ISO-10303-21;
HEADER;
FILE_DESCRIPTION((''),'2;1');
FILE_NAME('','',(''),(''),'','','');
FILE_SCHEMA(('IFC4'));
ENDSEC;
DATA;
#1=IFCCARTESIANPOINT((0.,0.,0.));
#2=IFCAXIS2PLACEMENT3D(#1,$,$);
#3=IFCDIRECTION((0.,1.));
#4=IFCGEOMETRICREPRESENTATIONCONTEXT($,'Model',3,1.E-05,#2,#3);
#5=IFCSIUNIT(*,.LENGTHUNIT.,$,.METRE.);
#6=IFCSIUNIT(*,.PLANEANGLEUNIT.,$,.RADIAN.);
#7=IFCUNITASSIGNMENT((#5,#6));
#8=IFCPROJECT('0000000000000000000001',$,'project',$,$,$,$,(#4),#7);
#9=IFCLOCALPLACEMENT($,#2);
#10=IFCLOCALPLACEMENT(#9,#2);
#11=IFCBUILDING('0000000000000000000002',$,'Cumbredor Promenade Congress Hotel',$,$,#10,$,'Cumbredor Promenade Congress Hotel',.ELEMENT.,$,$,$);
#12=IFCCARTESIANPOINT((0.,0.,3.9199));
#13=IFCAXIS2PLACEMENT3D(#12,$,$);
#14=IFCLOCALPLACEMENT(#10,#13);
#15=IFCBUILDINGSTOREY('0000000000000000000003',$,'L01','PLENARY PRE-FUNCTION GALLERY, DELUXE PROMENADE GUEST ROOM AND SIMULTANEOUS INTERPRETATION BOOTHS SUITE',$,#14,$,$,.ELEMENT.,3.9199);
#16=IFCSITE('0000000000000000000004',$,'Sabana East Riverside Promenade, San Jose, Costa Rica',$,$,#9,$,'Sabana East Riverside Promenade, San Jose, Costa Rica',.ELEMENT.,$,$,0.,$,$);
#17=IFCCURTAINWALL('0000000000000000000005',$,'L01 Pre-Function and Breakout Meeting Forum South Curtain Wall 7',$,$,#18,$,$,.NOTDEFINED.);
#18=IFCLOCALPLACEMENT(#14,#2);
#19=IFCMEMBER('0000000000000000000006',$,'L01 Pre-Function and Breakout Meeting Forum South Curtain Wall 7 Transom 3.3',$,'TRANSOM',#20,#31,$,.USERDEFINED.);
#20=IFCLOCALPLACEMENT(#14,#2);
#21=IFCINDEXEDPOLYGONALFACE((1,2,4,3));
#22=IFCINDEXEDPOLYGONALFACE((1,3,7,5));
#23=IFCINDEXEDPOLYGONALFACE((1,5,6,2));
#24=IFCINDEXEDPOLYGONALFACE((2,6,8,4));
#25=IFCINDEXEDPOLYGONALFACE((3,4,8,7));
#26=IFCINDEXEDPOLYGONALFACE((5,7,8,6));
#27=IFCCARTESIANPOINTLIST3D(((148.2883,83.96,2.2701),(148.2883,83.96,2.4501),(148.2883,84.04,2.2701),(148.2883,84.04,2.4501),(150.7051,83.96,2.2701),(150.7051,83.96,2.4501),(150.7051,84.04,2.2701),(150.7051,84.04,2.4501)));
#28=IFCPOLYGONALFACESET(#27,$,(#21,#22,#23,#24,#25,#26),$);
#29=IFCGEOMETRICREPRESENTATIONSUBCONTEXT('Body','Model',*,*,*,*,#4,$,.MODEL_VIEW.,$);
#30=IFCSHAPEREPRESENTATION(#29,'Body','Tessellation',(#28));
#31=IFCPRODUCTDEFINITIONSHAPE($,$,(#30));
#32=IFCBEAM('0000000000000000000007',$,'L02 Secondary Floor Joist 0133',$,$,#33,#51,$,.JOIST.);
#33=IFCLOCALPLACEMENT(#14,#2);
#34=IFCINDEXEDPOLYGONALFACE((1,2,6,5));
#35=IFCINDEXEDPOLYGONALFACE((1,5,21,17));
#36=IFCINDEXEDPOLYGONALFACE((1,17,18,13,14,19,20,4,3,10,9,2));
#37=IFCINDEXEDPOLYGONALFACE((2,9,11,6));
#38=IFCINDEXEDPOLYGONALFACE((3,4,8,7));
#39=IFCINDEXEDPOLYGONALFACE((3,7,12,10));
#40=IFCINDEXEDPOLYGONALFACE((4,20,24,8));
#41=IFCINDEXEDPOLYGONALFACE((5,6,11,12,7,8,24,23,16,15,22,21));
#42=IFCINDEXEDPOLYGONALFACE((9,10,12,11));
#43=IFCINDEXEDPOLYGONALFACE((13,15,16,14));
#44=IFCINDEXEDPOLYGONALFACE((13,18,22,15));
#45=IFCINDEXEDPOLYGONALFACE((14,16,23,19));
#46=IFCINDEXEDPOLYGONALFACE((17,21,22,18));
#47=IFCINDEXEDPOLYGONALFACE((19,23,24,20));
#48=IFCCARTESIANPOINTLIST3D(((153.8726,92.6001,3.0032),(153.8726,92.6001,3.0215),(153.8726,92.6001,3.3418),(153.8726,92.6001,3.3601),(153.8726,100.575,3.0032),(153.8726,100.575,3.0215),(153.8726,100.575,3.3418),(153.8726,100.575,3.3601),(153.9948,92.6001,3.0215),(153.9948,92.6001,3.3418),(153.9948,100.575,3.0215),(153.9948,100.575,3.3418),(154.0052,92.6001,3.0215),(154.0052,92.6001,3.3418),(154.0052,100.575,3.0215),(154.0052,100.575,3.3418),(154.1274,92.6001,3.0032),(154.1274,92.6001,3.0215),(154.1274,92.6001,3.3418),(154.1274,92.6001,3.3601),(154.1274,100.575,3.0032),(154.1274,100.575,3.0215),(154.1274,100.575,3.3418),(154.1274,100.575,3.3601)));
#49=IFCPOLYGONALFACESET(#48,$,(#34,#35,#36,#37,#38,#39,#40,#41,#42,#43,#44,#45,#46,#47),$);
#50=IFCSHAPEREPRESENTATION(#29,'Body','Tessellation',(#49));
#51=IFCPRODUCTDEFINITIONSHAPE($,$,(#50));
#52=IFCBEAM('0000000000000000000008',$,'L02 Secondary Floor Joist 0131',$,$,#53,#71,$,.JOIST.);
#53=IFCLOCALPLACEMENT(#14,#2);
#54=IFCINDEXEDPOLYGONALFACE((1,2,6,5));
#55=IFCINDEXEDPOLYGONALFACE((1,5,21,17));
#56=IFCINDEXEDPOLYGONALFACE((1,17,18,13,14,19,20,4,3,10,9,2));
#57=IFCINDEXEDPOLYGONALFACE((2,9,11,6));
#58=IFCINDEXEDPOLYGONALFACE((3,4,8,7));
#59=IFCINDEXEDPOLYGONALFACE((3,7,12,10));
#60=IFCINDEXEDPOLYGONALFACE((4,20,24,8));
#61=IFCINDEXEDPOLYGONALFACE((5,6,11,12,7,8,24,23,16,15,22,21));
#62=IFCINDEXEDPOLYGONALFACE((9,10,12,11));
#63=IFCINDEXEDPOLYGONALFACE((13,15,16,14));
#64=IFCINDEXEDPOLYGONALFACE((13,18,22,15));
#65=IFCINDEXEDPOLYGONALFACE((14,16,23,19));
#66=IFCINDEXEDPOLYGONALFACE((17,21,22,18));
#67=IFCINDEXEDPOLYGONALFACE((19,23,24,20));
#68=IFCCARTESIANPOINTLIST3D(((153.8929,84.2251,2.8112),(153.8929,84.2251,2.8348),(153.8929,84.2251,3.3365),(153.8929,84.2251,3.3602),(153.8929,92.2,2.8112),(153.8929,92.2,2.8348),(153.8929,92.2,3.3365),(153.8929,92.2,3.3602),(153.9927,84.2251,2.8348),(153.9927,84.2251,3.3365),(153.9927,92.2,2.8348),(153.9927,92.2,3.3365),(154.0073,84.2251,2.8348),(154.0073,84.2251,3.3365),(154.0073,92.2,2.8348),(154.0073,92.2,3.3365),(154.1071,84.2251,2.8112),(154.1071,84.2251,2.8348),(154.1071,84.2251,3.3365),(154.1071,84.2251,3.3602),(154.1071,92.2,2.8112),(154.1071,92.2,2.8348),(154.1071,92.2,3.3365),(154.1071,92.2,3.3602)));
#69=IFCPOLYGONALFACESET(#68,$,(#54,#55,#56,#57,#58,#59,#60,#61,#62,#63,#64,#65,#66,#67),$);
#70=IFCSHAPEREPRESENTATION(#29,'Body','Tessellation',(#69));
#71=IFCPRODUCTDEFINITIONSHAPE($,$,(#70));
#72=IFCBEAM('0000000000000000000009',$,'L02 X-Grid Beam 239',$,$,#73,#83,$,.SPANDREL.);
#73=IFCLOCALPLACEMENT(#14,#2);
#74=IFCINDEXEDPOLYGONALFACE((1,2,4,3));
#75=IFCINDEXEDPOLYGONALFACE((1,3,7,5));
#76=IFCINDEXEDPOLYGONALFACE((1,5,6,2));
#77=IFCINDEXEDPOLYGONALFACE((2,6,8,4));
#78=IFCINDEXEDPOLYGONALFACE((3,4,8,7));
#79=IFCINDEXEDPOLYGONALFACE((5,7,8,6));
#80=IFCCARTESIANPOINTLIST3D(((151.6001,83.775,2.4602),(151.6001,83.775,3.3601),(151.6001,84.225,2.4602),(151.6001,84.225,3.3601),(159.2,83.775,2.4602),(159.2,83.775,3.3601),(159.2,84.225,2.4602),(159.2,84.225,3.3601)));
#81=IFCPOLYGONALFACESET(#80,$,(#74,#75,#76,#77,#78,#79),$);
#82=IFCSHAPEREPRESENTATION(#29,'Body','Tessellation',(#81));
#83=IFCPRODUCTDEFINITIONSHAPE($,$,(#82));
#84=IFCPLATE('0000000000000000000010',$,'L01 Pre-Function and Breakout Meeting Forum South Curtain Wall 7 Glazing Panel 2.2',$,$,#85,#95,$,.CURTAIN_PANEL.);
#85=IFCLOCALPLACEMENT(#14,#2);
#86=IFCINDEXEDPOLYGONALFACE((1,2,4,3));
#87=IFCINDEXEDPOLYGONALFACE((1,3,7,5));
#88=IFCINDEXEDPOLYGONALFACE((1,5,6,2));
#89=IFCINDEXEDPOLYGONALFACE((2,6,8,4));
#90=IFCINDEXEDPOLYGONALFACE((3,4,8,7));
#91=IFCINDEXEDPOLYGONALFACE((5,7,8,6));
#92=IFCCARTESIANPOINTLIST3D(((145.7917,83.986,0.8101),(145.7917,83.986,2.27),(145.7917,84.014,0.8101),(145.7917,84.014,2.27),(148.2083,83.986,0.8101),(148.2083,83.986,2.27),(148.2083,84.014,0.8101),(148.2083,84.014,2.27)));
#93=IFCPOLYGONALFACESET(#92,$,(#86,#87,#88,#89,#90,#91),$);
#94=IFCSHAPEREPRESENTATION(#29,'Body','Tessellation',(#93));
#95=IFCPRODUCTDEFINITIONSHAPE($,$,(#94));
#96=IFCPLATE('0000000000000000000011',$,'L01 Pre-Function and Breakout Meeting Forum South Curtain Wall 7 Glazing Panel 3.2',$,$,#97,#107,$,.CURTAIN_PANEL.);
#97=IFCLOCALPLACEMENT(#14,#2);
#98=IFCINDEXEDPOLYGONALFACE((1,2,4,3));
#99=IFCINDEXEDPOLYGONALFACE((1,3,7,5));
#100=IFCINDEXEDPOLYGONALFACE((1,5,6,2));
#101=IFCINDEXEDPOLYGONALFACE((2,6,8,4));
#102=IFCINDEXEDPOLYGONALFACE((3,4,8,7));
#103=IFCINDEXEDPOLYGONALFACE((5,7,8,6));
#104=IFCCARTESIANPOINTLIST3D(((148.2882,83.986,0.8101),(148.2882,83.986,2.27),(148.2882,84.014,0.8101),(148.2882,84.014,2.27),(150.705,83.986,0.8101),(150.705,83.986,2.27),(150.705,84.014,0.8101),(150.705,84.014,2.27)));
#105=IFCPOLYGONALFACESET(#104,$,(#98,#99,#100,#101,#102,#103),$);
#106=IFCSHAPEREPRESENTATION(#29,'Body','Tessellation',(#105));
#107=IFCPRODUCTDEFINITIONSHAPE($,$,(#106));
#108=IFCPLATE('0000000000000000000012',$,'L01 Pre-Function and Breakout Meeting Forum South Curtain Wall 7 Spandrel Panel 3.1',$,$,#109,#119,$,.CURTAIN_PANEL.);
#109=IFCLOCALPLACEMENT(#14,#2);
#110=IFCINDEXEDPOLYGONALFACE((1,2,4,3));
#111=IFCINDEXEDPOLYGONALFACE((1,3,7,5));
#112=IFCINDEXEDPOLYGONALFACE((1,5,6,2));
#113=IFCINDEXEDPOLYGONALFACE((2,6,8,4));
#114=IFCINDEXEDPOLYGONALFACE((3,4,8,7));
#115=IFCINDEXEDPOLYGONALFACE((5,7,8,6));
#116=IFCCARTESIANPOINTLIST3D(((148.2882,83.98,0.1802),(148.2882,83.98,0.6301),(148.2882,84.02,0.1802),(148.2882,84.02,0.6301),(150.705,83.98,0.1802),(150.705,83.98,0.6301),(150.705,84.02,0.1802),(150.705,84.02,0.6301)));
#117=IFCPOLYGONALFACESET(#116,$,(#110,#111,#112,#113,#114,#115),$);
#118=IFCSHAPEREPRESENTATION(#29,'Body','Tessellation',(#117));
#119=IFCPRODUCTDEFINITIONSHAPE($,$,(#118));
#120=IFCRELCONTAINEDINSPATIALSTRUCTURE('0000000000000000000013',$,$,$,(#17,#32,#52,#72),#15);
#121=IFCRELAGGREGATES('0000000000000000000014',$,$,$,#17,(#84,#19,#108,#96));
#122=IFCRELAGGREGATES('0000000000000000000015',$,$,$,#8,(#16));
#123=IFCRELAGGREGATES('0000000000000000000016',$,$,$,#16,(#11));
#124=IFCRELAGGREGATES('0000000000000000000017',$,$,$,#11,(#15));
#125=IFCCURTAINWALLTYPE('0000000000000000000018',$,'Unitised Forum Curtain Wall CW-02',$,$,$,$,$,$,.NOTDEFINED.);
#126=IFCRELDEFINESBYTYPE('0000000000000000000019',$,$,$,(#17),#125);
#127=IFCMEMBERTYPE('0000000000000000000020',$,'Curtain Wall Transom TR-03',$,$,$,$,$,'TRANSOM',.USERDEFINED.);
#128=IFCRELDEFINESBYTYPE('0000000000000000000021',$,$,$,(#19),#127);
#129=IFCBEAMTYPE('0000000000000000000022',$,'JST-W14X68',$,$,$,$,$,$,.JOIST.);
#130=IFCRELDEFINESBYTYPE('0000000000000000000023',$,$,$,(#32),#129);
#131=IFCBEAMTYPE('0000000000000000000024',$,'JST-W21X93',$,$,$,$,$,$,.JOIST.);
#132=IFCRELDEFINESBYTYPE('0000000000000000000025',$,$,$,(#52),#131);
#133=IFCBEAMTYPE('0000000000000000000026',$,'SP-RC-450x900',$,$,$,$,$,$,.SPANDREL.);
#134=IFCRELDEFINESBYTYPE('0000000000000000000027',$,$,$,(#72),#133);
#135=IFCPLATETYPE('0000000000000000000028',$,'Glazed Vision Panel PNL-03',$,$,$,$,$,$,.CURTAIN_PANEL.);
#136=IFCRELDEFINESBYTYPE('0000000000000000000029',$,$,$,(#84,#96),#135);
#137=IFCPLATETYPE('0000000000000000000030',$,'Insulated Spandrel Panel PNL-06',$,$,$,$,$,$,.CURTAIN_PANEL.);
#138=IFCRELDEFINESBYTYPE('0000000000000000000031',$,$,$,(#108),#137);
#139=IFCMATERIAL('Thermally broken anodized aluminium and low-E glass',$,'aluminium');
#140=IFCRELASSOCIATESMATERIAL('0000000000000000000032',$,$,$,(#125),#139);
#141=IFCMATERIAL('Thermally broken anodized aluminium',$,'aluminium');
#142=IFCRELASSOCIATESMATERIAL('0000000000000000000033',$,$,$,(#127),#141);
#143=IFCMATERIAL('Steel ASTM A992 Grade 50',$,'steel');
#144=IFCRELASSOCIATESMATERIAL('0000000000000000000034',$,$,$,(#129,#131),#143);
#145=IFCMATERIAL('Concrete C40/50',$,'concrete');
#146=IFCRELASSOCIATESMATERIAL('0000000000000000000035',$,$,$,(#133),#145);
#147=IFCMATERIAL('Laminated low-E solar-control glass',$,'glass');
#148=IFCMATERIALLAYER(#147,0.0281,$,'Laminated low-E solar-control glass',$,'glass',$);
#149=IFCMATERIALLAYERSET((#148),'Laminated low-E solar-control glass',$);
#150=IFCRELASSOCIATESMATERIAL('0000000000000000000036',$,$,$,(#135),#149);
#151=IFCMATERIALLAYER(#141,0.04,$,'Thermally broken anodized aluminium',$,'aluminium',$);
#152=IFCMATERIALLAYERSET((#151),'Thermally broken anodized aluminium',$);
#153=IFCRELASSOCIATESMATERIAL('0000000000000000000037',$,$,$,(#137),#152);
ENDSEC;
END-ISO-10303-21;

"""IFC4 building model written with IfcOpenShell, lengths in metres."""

from ifc_helpers import new_model, si_unit, direction, frame, origin, origin_2d, place, context, subcontext, project, spatial, rectangle, i_section, extrude, material, layer, layer_set, material_profile, profile_set, type_object, element, aggregate, save


model = new_model("IFC4")

# Units and contexts
model_context = context("Model", 3, precision=1e-05, world=origin(), true_north=direction((0.0, 1.0)))
body_context = subcontext(model_context, "Body", "Model", "MODEL_VIEW")
ifc_project = project(units=[si_unit("LENGTHUNIT", "METRE"), si_unit("PLANEANGLEUNIT", "RADIAN")], contexts=[model_context])

# Site, building, storey
site_placement = place(None, origin())
site = spatial("IfcSite", under=ifc_project, at=site_placement, Name="Sabana East Riverside Promenade, San Jose, Costa Rica", LongName="Sabana East Riverside Promenade, San Jose, Costa Rica", CompositionType="ELEMENT", RefElevation=0.0)
building_placement = place(site_placement, origin())
building = spatial("IfcBuilding", under=site, at=building_placement, Name="Cumbredor Promenade Congress Hotel", LongName="Cumbredor Promenade Congress Hotel", CompositionType="ELEMENT")
storey_placement = place(building_placement, frame((0.0, 0.0, 3.9199)))
storey = spatial("IfcBuildingStorey", under=building, at=storey_placement, Name="L01", Description="PLENARY PRE-FUNCTION GALLERY, DELUXE PROMENADE GUEST ROOM AND SIMULTANEOUS INTERPRETATION BOOTHS SUITE", CompositionType="ELEMENT", Elevation=3.9199)

# Shared definitions
ifc_material_1 = material(Name="Concrete C40/50", Category="concrete")
ifc_material_2 = material(Name="Steel ASTM A992 Grade 50", Category="steel")

# Curtain wall, member
ifc_material_3 = material(Name="Thermally broken anodized aluminium and low-E glass", Category="aluminium")
curtain_wall_type = type_object("IfcCurtainWallType", Name="Unitised Forum Curtain Wall CW-02", PredefinedType="NOTDEFINED", material=ifc_material_3)
curtain_wall_placement = place(storey_placement, origin())
curtain_wall = element("IfcCurtainWall", 1, at=curtain_wall_placement, inside=storey, type_object=curtain_wall_type, Name="L01 Pre-Function and Breakout Meeting Forum South Curtain Wall 7", PredefinedType="NOTDEFINED")
ifc_material_4 = material(Name="Thermally broken anodized aluminium", Category="aluminium")
ifc_material_profile_1 = material_profile(ifc_material_4, rectangle(XDim=0.0801, YDim=0.1799, at=origin_2d()), Name="ALU TRANSOM 80x180")
ifc_profile_set_1 = profile_set([ifc_material_profile_1], Name="Thermally broken anodized aluminium")
member_type_1 = type_object("IfcMemberType", Name="Curtain Wall Transom TR-03", ElementType="TRANSOM", PredefinedType="USERDEFINED", material=ifc_profile_set_1)
member_1_placement = place(storey_placement, frame((148.2883, 84.0, 2.3601), z_axis=(1.0, 0.0, 0.0), x_axis=(0.0, 1.0, 0.0)))
member_1 = element("IfcMember", 2, at=member_1_placement, type_object=member_type_1, Name="L01 Pre-Function and Breakout Meeting Forum South Curtain Wall 7 Transom 3.3", ObjectType="TRANSOM", PredefinedType="USERDEFINED", context=body_context, shape_type="SweptSolid", body=[
    extrude(rectangle(XDim=0.0801, YDim=0.1799, at=origin_2d()), origin(), (0.0, 0.0, 1.0), 2.4167),
])

# Beams
ifc_material_profile_2 = material_profile(ifc_material_2, i_section(OverallWidth=0.2549, OverallDepth=0.3569, WebThickness=0.0105, FlangeThickness=0.0183, at=origin_2d()), Name="W14X68")
ifc_profile_set_2 = profile_set([ifc_material_profile_2], Name="Steel ASTM A992 Grade 50")
beam_type_1 = type_object("IfcBeamType", Name="JST-W14X68", PredefinedType="JOIST", material=ifc_profile_set_2)
beam_1_placement = place(storey_placement, frame((154.0, 92.6001, 3.1816), z_axis=(0.0, 1.0, 0.0), x_axis=(-1.0, 0.0, 0.0)))
element("IfcBeam", 3, at=beam_1_placement, inside=storey, type_object=beam_type_1, Name="L02 Secondary Floor Joist 0133", PredefinedType="JOIST", context=body_context, shape_type="SweptSolid", body=[
    extrude(i_section(OverallWidth=0.2549, OverallDepth=0.3569, WebThickness=0.0105, FlangeThickness=0.0183, at=origin_2d()), origin(), (0.0, 0.0, 1.0), 7.9749),
])
ifc_material_profile_3 = material_profile(ifc_material_2, i_section(OverallWidth=0.2141, OverallDepth=0.5491, WebThickness=0.0146, FlangeThickness=0.0237, at=origin_2d()), Name="W21X93")
ifc_profile_set_3 = profile_set([ifc_material_profile_3], Name="Steel ASTM A992 Grade 50")
beam_type_2 = type_object("IfcBeamType", Name="JST-W21X93", PredefinedType="JOIST", material=ifc_profile_set_3)
beam_2_placement = place(storey_placement, frame((154.0, 84.2251, 3.0857), z_axis=(0.0, 1.0, 0.0), x_axis=(-1.0, 0.0, 0.0)))
element("IfcBeam", 4, at=beam_2_placement, inside=storey, type_object=beam_type_2, Name="L02 Secondary Floor Joist 0131", PredefinedType="JOIST", context=body_context, shape_type="SweptSolid", body=[
    extrude(i_section(OverallWidth=0.2141, OverallDepth=0.5491, WebThickness=0.0146, FlangeThickness=0.0237, at=origin_2d()), origin(), (0.0, 0.0, 1.0), 7.9749),
])
ifc_material_profile_4 = material_profile(ifc_material_1, rectangle(XDim=0.45, YDim=0.8999, at=origin_2d()), Name="RC SPANDREL 450x900")
ifc_profile_set_4 = profile_set([ifc_material_profile_4], Name="Concrete C40/50")
beam_type_3 = type_object("IfcBeamType", Name="SP-RC-450x900", PredefinedType="SPANDREL", material=ifc_profile_set_4)
beam_3_placement = place(storey_placement, frame((151.6001, 84.0, 2.9102), z_axis=(1.0, 0.0, 0.0), x_axis=(0.0, 1.0, 0.0)))
element("IfcBeam", 5, at=beam_3_placement, inside=storey, type_object=beam_type_3, Name="L02 X-Grid Beam 239", PredefinedType="SPANDREL", context=body_context, shape_type="SweptSolid", body=[
    extrude(rectangle(XDim=0.45, YDim=0.8999, at=origin_2d()), origin(), (0.0, 0.0, 1.0), 7.5999),
])

# Plates
ifc_material_5 = material(Name="Laminated low-E solar-control glass", Category="glass")
ifc_layer_1 = layer(ifc_material_5, 0.0281, Name="Laminated low-E solar-control glass", Category="glass")
ifc_layer_set_1 = layer_set([ifc_layer_1], Name="Laminated low-E solar-control glass")
plate_type_1 = type_object("IfcPlateType", Name="Glazed Vision Panel PNL-03", PredefinedType="CURTAIN_PANEL", material=ifc_layer_set_1)
plate_1_placement = place(storey_placement, frame((147.0, 84.0, 0.8101), z_axis=(0.0, 0.0, 1.0), x_axis=(1.0, 0.0, 0.0)))
plate_1 = element("IfcPlate", 6, at=plate_1_placement, type_object=plate_type_1, Name="L01 Pre-Function and Breakout Meeting Forum South Curtain Wall 7 Glazing Panel 2.2", PredefinedType="CURTAIN_PANEL", context=body_context, shape_type="SweptSolid", body=[
    extrude(rectangle(XDim=2.4165, YDim=0.0281, at=origin_2d()), origin(), (0.0, 0.0, 1.0), 1.46),
])
plate_2_placement = place(storey_placement, frame((149.4966, 84.0, 0.8101), z_axis=(0.0, 0.0, 1.0), x_axis=(1.0, 0.0, 0.0)))
plate_2 = element("IfcPlate", 7, at=plate_2_placement, type_object=plate_type_1, Name="L01 Pre-Function and Breakout Meeting Forum South Curtain Wall 7 Glazing Panel 3.2", PredefinedType="CURTAIN_PANEL", context=body_context, shape_type="SweptSolid", body=[
    extrude(rectangle(XDim=2.4167, YDim=0.0281, at=origin_2d()), origin(), (0.0, 0.0, 1.0), 1.46),
])
ifc_layer_2 = layer(ifc_material_4, 0.04, Name="Thermally broken anodized aluminium", Category="aluminium")
ifc_layer_set_2 = layer_set([ifc_layer_2], Name="Thermally broken anodized aluminium")
plate_type_2 = type_object("IfcPlateType", Name="Insulated Spandrel Panel PNL-06", PredefinedType="CURTAIN_PANEL", material=ifc_layer_set_2)
plate_3_placement = place(storey_placement, frame((149.4966, 84.0, 0.1802), z_axis=(0.0, 0.0, 1.0), x_axis=(1.0, 0.0, 0.0)))
plate_3 = element("IfcPlate", 8, at=plate_3_placement, type_object=plate_type_2, Name="L01 Pre-Function and Breakout Meeting Forum South Curtain Wall 7 Spandrel Panel 3.1", PredefinedType="CURTAIN_PANEL", context=body_context, shape_type="SweptSolid", body=[
    extrude(rectangle(XDim=2.4167, YDim=0.04, at=origin_2d()), origin(), (0.0, 0.0, 1.0), 0.45),
])
aggregate(curtain_wall, [plate_1, member_1, plate_3, plate_2])

save(model, "model.ifc")
